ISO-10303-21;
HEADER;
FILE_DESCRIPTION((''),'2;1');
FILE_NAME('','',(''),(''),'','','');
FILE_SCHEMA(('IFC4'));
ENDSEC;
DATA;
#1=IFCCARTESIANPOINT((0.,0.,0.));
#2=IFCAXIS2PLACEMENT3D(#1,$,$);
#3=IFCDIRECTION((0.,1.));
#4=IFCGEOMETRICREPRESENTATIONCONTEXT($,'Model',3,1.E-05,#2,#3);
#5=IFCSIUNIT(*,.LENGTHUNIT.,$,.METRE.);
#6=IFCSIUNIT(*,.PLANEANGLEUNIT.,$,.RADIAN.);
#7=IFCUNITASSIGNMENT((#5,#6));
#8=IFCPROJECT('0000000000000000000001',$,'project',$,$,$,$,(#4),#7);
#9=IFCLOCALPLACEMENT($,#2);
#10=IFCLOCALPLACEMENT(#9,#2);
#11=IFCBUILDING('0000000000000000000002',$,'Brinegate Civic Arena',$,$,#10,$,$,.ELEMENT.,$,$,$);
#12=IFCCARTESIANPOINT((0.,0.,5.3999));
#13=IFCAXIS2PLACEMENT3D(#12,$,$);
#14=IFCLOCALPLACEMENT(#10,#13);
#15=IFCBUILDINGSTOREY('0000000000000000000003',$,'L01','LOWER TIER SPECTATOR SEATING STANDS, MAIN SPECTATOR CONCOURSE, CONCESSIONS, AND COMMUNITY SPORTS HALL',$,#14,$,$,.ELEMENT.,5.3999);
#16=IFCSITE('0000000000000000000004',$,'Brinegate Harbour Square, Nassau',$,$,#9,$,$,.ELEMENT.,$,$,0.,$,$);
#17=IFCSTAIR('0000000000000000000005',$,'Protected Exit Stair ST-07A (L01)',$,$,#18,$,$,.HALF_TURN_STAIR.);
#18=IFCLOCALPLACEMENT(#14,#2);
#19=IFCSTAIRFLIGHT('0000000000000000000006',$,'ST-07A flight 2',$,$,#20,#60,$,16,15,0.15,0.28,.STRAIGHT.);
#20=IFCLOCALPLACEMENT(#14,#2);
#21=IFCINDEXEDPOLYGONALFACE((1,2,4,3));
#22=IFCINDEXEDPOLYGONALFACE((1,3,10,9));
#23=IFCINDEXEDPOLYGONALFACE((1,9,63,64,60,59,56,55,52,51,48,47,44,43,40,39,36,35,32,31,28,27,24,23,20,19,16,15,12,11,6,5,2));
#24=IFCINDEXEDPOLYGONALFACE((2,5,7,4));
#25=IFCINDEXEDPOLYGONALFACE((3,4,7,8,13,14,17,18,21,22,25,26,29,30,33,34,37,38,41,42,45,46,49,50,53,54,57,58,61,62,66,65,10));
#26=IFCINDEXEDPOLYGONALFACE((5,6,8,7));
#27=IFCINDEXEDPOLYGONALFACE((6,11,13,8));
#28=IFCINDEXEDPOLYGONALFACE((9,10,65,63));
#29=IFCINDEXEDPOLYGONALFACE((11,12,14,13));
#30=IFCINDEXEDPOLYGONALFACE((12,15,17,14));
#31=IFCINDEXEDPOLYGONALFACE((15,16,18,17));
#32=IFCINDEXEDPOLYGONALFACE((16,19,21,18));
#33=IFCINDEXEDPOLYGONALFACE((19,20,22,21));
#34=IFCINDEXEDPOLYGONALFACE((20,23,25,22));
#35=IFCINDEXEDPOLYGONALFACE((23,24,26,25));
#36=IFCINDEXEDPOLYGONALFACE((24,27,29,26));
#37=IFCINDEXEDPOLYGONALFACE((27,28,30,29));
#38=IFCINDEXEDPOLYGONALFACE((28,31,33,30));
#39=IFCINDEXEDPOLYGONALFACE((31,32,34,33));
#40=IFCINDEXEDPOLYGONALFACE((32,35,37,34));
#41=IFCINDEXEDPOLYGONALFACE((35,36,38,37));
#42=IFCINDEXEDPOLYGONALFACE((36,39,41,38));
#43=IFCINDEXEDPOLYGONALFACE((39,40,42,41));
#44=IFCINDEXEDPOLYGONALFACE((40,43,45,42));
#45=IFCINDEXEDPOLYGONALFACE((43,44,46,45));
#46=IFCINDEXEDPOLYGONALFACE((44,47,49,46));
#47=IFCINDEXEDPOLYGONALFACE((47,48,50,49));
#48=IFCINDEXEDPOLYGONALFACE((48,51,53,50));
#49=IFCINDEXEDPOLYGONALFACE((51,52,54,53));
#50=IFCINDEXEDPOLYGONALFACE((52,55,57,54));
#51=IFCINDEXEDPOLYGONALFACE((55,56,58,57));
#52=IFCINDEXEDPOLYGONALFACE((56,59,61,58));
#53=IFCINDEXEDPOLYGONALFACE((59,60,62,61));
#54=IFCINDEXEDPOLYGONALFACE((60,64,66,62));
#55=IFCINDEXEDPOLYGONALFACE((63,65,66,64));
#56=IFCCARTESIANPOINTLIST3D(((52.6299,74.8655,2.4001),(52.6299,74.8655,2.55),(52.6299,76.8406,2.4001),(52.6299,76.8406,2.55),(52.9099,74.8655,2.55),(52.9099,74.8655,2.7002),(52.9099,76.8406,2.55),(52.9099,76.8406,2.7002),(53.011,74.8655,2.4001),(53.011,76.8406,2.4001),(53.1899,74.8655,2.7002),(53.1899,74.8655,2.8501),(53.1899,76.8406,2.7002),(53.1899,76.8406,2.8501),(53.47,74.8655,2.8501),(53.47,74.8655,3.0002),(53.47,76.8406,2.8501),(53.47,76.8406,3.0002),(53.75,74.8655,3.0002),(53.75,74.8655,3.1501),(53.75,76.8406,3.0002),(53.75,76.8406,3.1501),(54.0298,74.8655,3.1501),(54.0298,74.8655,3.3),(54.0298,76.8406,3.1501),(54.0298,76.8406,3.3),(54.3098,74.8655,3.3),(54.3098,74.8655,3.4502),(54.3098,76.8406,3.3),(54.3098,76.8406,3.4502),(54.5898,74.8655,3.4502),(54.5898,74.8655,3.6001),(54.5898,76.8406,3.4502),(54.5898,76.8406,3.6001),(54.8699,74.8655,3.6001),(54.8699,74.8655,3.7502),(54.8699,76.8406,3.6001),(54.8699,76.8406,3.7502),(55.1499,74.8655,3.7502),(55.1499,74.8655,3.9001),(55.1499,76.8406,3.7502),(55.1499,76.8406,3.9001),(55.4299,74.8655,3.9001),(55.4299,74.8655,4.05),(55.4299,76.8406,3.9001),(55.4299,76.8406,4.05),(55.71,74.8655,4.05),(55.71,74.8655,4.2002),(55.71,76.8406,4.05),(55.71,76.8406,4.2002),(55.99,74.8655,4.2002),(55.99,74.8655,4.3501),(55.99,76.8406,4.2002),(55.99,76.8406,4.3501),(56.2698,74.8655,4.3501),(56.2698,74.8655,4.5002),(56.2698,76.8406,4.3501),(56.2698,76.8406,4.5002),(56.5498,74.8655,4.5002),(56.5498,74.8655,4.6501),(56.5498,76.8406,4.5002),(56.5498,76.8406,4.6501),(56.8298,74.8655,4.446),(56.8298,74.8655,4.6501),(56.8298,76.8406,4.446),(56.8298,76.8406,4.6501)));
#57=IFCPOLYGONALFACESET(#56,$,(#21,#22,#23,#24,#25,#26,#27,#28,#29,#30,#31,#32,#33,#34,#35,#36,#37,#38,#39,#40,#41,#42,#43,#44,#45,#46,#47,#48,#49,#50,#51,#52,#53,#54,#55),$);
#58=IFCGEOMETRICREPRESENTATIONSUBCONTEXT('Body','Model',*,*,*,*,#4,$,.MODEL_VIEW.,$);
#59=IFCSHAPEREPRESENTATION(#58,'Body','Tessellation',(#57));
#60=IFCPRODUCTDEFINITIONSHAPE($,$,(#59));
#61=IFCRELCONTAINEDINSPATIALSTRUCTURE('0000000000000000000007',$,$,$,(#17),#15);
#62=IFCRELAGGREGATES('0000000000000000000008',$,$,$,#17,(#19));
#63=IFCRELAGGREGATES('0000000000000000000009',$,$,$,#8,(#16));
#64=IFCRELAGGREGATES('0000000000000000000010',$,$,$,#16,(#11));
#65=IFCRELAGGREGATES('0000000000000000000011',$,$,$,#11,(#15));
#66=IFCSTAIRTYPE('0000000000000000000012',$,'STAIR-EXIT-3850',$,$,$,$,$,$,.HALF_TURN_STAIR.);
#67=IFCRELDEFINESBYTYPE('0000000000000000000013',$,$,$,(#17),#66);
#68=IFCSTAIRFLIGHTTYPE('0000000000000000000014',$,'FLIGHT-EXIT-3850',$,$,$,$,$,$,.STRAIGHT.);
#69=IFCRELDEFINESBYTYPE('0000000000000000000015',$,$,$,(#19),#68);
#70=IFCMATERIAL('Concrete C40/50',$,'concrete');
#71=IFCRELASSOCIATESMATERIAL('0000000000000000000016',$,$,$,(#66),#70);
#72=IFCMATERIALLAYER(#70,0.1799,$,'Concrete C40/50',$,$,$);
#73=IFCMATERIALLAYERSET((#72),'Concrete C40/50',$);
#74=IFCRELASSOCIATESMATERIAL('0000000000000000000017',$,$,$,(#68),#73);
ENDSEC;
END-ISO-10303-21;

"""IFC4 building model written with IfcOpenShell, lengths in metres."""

from ifc_helpers import new_model, si_unit, direction, frame, origin, place, context, subcontext, project, spatial, polyline, outline, extrude, material, layer, layer_set, type_object, element, aggregate, save


model = new_model("IFC4")

# Units and contexts
model_context = context("Model", 3, precision=1e-05, world=origin(), true_north=direction((0.0, 1.0)))
body_context = subcontext(model_context, "Body", "Model", "MODEL_VIEW")
ifc_project = project(units=[si_unit("LENGTHUNIT", "METRE"), si_unit("PLANEANGLEUNIT", "RADIAN")], contexts=[model_context])

# Site, building, storey
site_placement = place(None, origin())
site = spatial("IfcSite", under=ifc_project, at=site_placement, Name="Brinegate Harbour Square, Nassau", CompositionType="ELEMENT", RefElevation=0.0)
building_placement = place(site_placement, origin())
building = spatial("IfcBuilding", under=site, at=building_placement, Name="Brinegate Civic Arena", CompositionType="ELEMENT")
storey_placement = place(building_placement, frame((0.0, 0.0, 5.3999)))
storey = spatial("IfcBuildingStorey", under=building, at=storey_placement, Name="L01", Description="LOWER TIER SPECTATOR SEATING STANDS, MAIN SPECTATOR CONCOURSE, CONCESSIONS, AND COMMUNITY SPORTS HALL", CompositionType="ELEMENT", Elevation=5.3999)

# Stair, stair flight
ifc_material_1 = material(Name="Concrete C40/50", Category="concrete")
stair_type = type_object("IfcStairType", Name="STAIR-EXIT-3850", PredefinedType="HALF_TURN_STAIR", material=ifc_material_1)
stair_placement = place(storey_placement, origin())
stair = element("IfcStair", 1, at=stair_placement, inside=storey, type_object=stair_type, Name="Protected Exit Stair ST-07A (L01)", PredefinedType="HALF_TURN_STAIR")
ifc_layer_1 = layer(ifc_material_1, 0.1799, Name="Concrete C40/50")
ifc_layer_set_1 = layer_set([ifc_layer_1], Name="Concrete C40/50")
stair_flight_type = type_object("IfcStairFlightType", Name="FLIGHT-EXIT-3850", PredefinedType="STRAIGHT", material=ifc_layer_set_1)
stair_flight_1_placement = place(storey_placement, frame((52.6299, 75.853, 2.4001), z_axis=(0.0, 0.0, 1.0), x_axis=(1.0, 0.0, 0.0)))
stair_flight_1 = element("IfcStairFlight", 2, at=stair_flight_1_placement, type_object=stair_flight_type, Name="ST-07A flight 2", NumberOfRisers=16, NumberOfTreads=15, PredefinedType="STRAIGHT", RiserHeight=0.15, TreadLength=0.28, context=body_context, shape_type="SweptSolid", body=[
    extrude(outline(polyline([(0.0, 0.0), (0.0, 0.1499), (0.28, 0.1499), (0.28, 0.3), (0.5601, 0.3), (0.5601, 0.45), (0.8401, 0.45), (0.8401, 0.6001), (1.1201, 0.6001), (1.1201, 0.75), (1.3999, 0.75), (1.3999, 0.8999), (1.6799, 0.8999), (1.6799, 1.05), (1.96, 1.05), (1.96, 1.2), (2.24, 1.2), (2.24, 1.3501), (2.52, 1.3501), (2.52, 1.5), (2.8, 1.5), (2.8, 1.6499), (3.0801, 1.6499), (3.0801, 1.8), (3.3601, 1.8), (3.3601, 1.95), (3.6399, 1.95), (3.6399, 2.1001), (3.9199, 2.1001), (3.9199, 2.25), (4.2, 2.25), (4.2, 2.3999), (4.2, 2.0459), (0.3811, 0.0), (0.0, 0.0)])), frame((0.0, 0.9875, 0.0), z_axis=(0.0, -1.0, 0.0), x_axis=(1.0, 0.0, 0.0)), (0.0, 0.0, 1.0), 1.9751),
])
aggregate(stair, [stair_flight_1])

save(model, "model.ifc")
